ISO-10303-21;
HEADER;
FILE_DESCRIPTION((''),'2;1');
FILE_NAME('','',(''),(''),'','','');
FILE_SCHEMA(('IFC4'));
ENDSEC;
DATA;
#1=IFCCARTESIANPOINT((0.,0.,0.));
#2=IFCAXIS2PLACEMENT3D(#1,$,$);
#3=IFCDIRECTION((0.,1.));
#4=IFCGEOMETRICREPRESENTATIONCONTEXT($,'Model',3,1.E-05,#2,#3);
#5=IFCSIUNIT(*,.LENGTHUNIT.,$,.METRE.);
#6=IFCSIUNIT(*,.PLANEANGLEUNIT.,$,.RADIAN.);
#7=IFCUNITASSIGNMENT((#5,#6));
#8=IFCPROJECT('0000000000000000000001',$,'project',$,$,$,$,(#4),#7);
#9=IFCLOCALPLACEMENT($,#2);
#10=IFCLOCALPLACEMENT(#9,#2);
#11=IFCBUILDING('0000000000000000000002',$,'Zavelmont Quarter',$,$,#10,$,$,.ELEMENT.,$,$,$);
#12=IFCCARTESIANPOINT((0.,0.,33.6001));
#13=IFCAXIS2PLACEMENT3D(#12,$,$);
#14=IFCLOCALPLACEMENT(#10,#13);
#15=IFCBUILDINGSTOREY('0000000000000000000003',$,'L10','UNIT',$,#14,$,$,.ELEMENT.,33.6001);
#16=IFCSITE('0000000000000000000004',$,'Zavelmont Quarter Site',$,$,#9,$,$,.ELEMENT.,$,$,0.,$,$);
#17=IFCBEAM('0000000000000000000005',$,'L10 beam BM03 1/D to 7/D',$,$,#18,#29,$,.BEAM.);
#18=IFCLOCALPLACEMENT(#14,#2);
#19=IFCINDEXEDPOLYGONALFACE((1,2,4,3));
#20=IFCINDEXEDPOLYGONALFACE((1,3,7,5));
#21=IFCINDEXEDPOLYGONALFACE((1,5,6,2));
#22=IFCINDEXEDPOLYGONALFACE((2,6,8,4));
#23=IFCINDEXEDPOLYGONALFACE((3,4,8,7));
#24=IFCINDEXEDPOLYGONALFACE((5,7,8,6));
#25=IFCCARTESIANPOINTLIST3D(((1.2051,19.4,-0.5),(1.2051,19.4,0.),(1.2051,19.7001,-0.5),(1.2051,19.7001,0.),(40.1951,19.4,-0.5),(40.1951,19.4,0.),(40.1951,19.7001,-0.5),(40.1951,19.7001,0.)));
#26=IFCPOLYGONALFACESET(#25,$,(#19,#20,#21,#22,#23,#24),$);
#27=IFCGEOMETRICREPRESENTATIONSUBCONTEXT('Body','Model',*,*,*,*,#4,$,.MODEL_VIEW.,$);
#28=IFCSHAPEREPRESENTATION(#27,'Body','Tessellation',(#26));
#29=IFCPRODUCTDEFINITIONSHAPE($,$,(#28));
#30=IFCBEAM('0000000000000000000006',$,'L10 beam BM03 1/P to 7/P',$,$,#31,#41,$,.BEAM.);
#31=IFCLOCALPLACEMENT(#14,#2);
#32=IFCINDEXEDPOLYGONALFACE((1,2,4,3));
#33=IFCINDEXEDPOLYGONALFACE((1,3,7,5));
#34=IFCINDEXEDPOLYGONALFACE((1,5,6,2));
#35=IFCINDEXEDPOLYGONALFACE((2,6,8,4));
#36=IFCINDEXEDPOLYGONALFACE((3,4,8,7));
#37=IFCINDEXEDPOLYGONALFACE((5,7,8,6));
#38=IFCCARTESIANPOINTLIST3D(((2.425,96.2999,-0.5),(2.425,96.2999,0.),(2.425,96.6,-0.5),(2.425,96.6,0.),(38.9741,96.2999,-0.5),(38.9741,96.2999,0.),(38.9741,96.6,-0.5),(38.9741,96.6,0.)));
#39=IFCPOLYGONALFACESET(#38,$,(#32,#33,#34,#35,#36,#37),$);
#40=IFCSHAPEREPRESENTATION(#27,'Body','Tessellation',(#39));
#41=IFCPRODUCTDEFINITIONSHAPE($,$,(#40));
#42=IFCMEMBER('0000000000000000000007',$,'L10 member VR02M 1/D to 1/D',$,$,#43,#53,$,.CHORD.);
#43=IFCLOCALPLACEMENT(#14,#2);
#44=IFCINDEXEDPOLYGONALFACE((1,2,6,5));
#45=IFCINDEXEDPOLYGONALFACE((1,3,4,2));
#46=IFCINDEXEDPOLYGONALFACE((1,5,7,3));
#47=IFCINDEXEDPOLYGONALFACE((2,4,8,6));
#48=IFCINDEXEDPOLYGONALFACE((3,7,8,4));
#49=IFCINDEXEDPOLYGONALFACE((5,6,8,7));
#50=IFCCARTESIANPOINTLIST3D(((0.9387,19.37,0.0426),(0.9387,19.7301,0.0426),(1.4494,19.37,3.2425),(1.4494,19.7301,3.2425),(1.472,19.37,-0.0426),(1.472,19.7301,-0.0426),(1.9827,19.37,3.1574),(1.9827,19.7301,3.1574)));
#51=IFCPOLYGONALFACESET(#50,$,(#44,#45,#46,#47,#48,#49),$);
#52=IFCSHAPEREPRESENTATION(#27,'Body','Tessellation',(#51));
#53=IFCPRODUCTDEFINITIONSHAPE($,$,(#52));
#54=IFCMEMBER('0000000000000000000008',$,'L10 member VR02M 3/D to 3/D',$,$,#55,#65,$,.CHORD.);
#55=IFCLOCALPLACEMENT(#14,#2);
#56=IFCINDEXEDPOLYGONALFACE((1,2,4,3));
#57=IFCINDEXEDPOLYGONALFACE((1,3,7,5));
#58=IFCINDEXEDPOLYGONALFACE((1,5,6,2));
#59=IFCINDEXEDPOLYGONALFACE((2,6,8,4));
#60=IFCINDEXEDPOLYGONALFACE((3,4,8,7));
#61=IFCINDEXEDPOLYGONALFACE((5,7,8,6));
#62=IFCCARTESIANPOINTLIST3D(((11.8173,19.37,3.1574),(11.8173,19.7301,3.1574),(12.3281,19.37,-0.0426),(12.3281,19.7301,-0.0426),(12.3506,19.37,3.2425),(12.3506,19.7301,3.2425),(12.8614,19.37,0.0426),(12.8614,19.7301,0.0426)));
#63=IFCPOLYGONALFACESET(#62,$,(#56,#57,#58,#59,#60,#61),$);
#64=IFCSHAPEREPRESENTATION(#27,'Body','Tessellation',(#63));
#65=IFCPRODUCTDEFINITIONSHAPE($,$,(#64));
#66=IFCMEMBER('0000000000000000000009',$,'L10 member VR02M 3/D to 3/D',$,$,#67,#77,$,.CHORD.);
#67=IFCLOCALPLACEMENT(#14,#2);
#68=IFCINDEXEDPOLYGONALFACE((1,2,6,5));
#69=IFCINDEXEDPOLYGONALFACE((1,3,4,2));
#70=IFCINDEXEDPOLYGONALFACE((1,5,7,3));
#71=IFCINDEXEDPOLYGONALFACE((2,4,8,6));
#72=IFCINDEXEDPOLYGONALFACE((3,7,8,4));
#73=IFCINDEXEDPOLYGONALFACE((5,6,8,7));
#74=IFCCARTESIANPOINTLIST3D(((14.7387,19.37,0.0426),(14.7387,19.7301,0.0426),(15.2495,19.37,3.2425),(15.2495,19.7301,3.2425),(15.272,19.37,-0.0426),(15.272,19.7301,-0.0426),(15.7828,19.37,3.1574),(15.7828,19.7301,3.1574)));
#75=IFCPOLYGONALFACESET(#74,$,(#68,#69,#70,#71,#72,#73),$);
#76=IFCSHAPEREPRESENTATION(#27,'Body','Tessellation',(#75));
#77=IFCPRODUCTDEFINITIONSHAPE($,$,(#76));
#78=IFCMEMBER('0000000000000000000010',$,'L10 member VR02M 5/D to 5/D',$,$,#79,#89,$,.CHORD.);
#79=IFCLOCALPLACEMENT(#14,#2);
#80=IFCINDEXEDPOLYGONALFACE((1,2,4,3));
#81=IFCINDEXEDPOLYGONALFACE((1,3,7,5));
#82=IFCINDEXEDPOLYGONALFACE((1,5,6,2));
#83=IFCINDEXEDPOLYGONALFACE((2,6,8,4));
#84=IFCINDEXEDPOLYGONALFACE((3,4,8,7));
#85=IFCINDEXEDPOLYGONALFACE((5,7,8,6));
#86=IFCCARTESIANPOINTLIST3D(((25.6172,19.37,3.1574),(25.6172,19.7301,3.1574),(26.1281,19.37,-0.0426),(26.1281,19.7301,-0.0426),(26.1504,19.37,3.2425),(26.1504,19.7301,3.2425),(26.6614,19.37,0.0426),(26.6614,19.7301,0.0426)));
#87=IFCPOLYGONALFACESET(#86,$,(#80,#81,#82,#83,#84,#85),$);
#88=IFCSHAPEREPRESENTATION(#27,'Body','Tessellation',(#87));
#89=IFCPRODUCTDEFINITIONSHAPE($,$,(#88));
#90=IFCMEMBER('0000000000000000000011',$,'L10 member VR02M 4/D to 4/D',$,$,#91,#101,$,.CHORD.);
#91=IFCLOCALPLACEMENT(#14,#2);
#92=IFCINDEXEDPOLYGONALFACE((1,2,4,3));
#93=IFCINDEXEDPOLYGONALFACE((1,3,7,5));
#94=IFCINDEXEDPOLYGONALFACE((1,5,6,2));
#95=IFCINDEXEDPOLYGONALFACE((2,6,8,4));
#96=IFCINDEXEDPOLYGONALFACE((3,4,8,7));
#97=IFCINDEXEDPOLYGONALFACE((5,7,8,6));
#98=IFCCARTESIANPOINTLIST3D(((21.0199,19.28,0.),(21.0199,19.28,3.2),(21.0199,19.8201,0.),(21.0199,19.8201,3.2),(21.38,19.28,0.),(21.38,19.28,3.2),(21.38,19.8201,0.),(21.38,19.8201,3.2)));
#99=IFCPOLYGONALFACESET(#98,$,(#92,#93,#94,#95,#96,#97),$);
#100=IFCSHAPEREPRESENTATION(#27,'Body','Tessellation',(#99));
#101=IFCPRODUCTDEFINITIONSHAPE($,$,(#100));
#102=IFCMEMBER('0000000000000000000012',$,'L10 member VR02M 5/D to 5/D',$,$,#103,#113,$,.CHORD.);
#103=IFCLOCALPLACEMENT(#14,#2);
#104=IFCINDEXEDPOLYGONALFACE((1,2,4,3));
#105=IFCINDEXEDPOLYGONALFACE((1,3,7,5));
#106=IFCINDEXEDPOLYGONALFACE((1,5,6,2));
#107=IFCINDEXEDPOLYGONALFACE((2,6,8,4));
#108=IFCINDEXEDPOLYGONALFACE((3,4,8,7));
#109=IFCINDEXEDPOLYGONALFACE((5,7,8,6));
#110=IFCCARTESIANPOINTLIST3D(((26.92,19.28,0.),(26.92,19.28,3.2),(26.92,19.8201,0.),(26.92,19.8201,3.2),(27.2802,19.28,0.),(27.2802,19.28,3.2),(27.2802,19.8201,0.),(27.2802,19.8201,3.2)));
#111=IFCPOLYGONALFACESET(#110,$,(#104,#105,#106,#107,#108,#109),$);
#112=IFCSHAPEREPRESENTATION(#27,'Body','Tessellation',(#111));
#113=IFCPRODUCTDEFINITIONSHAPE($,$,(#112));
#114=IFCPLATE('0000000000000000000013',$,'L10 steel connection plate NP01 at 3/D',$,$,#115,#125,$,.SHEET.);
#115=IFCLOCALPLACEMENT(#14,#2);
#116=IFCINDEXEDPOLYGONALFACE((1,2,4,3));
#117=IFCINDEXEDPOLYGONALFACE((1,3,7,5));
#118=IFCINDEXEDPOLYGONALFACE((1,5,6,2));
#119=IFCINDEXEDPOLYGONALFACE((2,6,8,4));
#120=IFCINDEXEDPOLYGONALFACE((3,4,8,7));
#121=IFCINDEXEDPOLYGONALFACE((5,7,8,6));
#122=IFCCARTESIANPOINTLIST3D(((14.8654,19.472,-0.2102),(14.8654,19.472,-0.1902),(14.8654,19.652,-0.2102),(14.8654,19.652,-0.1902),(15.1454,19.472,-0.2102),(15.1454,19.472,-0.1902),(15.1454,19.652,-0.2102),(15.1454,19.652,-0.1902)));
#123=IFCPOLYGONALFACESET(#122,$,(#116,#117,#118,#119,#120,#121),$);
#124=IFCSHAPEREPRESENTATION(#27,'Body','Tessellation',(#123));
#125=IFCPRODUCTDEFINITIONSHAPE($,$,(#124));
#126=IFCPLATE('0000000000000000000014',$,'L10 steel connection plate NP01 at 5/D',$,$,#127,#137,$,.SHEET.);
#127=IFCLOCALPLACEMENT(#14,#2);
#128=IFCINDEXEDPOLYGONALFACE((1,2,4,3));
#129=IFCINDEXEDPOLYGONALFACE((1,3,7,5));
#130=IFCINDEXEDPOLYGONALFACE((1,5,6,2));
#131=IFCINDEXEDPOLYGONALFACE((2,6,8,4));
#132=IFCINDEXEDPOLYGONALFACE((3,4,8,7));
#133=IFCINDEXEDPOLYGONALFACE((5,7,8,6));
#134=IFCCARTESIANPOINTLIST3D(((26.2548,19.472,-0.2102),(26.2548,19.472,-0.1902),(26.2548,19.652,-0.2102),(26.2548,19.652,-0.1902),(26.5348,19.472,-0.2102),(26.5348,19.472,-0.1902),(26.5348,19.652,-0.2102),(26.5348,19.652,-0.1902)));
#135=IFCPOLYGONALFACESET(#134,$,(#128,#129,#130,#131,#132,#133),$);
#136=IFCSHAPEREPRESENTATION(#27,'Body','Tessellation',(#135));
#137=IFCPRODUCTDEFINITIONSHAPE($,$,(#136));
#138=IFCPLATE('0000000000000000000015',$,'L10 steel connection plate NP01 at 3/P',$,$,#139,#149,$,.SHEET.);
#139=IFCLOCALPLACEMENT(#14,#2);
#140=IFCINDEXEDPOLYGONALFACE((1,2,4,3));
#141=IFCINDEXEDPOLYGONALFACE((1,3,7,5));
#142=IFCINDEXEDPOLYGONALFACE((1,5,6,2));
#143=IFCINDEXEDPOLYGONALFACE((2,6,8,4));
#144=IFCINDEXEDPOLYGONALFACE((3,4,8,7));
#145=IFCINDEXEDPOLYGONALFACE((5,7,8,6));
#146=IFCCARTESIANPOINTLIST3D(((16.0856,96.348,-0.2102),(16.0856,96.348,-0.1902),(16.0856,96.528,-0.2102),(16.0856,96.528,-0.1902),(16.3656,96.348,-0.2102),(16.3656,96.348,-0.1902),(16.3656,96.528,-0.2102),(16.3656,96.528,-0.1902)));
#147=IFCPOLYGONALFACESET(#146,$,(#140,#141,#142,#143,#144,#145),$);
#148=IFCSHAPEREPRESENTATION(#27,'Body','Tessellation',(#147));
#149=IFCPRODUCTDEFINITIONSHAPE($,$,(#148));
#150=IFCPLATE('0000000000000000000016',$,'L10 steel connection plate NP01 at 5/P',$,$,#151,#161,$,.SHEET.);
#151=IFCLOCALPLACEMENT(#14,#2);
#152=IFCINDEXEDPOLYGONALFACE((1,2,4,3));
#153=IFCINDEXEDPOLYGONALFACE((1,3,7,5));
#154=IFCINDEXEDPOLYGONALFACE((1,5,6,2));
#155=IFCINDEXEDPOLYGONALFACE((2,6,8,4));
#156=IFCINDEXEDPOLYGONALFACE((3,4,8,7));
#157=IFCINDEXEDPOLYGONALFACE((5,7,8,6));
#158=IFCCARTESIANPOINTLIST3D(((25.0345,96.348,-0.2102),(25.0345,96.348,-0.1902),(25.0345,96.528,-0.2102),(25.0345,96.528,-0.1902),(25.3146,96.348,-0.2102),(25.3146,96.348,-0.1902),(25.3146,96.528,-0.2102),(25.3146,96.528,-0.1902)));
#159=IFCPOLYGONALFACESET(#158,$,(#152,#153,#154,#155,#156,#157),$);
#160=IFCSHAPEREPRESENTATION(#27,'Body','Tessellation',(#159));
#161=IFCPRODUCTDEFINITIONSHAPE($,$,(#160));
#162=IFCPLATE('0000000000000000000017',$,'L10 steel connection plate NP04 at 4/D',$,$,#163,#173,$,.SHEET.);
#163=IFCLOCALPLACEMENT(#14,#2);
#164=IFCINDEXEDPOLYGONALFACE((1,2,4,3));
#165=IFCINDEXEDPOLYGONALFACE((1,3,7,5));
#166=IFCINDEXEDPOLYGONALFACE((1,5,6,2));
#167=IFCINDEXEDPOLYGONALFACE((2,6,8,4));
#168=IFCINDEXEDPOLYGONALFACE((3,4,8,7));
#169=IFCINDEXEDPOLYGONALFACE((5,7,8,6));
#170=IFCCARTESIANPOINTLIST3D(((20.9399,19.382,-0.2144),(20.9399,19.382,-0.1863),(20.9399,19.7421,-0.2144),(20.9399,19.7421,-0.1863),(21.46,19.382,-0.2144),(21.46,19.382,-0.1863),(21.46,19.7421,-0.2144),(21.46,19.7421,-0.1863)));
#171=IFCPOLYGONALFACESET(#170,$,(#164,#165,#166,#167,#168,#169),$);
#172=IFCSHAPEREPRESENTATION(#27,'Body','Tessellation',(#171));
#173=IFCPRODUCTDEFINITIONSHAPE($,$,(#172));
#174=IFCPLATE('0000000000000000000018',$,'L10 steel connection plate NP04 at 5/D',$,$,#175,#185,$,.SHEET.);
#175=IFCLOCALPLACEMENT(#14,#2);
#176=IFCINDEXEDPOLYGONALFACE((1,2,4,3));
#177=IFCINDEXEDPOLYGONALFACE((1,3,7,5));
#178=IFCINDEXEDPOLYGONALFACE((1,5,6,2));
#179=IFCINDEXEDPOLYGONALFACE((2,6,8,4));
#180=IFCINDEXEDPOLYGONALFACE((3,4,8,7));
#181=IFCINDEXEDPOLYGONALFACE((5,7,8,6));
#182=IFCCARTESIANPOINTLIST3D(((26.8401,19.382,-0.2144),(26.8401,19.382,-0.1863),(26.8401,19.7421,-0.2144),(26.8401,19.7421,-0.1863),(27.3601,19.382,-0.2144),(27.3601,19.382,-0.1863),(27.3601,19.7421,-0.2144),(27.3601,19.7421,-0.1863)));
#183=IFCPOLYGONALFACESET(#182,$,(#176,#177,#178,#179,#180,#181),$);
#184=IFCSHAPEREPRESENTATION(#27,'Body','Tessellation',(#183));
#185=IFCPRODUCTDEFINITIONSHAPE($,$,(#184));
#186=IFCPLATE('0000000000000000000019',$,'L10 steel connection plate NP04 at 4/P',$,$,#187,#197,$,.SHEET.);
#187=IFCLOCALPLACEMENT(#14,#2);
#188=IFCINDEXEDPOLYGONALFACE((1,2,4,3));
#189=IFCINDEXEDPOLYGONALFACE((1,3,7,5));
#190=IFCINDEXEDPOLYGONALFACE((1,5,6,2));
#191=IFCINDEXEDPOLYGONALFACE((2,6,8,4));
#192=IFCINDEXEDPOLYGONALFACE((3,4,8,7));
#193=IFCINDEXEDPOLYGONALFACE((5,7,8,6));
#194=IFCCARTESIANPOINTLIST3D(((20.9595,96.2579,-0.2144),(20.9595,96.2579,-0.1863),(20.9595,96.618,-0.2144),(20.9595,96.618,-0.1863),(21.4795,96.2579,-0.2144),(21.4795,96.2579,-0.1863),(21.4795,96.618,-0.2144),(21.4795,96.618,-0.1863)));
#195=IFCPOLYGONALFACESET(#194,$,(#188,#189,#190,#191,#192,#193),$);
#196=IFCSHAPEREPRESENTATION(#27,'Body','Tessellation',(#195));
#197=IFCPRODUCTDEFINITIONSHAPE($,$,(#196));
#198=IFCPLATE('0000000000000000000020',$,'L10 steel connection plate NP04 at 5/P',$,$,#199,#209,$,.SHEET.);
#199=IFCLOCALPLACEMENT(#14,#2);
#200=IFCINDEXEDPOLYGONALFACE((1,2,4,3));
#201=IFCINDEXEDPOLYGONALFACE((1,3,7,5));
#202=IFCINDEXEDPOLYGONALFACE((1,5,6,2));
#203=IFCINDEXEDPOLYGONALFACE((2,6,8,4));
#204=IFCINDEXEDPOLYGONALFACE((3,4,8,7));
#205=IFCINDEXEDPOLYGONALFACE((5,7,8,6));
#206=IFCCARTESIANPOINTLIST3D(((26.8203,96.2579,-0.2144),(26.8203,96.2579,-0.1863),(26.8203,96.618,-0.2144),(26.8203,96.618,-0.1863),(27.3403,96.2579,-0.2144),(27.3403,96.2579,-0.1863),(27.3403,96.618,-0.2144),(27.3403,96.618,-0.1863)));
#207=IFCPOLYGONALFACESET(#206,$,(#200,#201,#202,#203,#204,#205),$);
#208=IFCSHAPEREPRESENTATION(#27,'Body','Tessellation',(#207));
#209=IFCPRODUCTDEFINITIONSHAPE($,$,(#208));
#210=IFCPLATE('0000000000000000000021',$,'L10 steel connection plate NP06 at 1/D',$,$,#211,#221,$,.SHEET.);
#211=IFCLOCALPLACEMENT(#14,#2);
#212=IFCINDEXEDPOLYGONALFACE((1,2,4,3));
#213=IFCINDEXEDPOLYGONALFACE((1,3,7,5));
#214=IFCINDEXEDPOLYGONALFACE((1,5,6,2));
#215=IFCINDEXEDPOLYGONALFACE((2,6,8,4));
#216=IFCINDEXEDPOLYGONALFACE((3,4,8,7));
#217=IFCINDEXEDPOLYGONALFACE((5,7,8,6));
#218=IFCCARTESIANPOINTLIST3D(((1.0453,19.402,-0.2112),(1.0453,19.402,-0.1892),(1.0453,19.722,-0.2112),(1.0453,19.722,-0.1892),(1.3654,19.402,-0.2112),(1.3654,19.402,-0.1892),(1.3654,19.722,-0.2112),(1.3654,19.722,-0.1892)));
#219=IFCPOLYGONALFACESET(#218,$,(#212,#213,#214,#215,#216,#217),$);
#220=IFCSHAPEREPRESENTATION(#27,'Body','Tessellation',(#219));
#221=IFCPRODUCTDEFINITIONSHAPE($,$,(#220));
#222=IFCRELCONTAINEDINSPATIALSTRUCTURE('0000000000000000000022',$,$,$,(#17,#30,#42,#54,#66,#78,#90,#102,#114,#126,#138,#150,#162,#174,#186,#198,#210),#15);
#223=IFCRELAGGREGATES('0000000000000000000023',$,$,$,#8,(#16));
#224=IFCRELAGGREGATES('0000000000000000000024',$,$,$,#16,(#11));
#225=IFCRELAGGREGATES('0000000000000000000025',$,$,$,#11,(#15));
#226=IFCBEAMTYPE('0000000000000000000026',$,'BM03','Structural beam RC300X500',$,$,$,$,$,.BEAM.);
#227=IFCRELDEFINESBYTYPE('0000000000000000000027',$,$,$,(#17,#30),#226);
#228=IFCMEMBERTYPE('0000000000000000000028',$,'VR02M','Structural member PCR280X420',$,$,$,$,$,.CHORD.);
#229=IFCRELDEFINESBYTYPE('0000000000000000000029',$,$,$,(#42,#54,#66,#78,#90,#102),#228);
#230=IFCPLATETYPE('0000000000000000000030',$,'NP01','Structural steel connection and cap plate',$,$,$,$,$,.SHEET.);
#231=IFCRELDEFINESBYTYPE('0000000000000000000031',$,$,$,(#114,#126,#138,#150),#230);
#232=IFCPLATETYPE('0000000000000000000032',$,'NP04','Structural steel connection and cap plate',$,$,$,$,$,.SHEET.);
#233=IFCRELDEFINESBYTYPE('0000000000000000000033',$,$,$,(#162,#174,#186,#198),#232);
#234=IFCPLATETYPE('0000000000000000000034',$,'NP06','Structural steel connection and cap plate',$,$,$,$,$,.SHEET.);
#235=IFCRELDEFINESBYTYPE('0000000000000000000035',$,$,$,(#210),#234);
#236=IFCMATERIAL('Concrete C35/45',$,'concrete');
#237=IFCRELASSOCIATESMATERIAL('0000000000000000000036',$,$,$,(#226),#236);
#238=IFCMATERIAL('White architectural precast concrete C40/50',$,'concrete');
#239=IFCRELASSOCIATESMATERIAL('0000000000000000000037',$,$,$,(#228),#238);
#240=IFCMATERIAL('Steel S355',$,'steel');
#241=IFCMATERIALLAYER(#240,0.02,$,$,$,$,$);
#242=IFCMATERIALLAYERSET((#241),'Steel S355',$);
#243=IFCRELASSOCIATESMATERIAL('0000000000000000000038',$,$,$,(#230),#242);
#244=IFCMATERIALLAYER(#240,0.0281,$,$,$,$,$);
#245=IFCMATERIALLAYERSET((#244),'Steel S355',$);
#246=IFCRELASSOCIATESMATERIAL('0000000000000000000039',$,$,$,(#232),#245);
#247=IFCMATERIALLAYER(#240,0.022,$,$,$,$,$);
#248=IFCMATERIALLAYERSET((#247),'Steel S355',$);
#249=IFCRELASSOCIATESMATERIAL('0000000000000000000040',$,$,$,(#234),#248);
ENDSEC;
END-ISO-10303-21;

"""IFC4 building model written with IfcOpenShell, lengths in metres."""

from ifc_helpers import new_model, si_unit, direction, frame, origin, origin_2d, place, context, subcontext, project, spatial, rectangle, extrude, material, layer, layer_set, material_profile, profile_set, type_object, element, save


model = new_model("IFC4")

# Units and contexts
model_context = context("Model", 3, precision=1e-05, world=origin(), true_north=direction((0.0, 1.0)))
body_context = subcontext(model_context, "Body", "Model", "MODEL_VIEW")
ifc_project = project(units=[si_unit("LENGTHUNIT", "METRE"), si_unit("PLANEANGLEUNIT", "RADIAN")], contexts=[model_context])

# Site, building, storey
site_placement = place(None, origin())
site = spatial("IfcSite", under=ifc_project, at=site_placement, Name="Zavelmont Quarter Site", CompositionType="ELEMENT", RefElevation=0.0)
building_placement = place(site_placement, origin())
building = spatial("IfcBuilding", under=site, at=building_placement, Name="Zavelmont Quarter", CompositionType="ELEMENT")
storey_placement = place(building_placement, frame((0.0, 0.0, 33.6001)))
storey = spatial("IfcBuildingStorey", under=building, at=storey_placement, Name="L10", Description="UNIT", CompositionType="ELEMENT", Elevation=33.6001)

# Beams
ifc_material_1 = material(Name="Concrete C35/45", Category="concrete")
ifc_material_profile_1 = material_profile(ifc_material_1, rectangle(XDim=0.3, YDim=0.5, at=origin_2d()), Name="RC300X500")
ifc_profile_set_1 = profile_set([ifc_material_profile_1], Name="Concrete C35/45")
beam_type = type_object("IfcBeamType", Name="BM03", Description="Structural beam RC300X500", PredefinedType="BEAM", material=ifc_profile_set_1)
beam_1_placement = place(storey_placement, frame((1.2051, 19.55, -0.25), z_axis=(1.0, 0.0, 0.0), x_axis=(0.0, 1.0, 0.0)))
element("IfcBeam", 1, at=beam_1_placement, inside=storey, type_object=beam_type, Name="L10 beam BM03 1/D to 7/D", PredefinedType="BEAM", context=body_context, shape_type="SweptSolid", body=[
    extrude(rectangle(XDim=0.3, YDim=0.5, at=origin_2d()), origin(), (0.0, 0.0, 1.0), 38.99),
])
beam_2_placement = place(storey_placement, frame((2.425, 96.45, -0.25), z_axis=(1.0, 0.0, 0.0), x_axis=(0.0, 1.0, 0.0)))
element("IfcBeam", 2, at=beam_2_placement, inside=storey, type_object=beam_type, Name="L10 beam BM03 1/P to 7/P", PredefinedType="BEAM", context=body_context, shape_type="SweptSolid", body=[
    extrude(rectangle(XDim=0.3, YDim=0.5, at=origin_2d()), origin(), (0.0, 0.0, 1.0), 36.5491),
])

# Members
ifc_material_2 = material(Name="White architectural precast concrete C40/50", Category="concrete")
ifc_material_profile_2 = material_profile(ifc_material_2, rectangle(XDim=0.3601, YDim=0.54, at=origin_2d()), Name="PCR280X420")
ifc_profile_set_2 = profile_set([ifc_material_profile_2], Name="White architectural precast concrete C40/50")
member_type = type_object("IfcMemberType", Name="VR02M", Description="Structural member PCR280X420", PredefinedType="CHORD", material=ifc_profile_set_2)
for number, where, z_axis, x_axis, name in (
    (3, (1.2053, 19.55, 0.0), (0.157614, 0.0, 0.987501), (0.0, 1.0, 0.0), "L10 member VR02M 1/D to 1/D"),
    (4, (12.5947, 19.55, 0.0), (-0.157614, 0.0, 0.987501), (0.0, -1.0, 0.0), "L10 member VR02M 3/D to 3/D"),
    (5, (15.0054, 19.55, 0.0), (0.157614, 0.0, 0.987501), (0.0, 1.0, 0.0), "L10 member VR02M 3/D to 3/D"),
    (6, (26.3948, 19.55, 0.0), (-0.157688, 0.0, 0.987489), (0.0, -1.0, 0.0), "L10 member VR02M 5/D to 5/D"),
):
    element("IfcMember", number, at=place(storey_placement, frame(where, z_axis=z_axis, x_axis=x_axis)), inside=storey, type_object=member_type, Name=name, PredefinedType="CHORD", context=body_context, shape_type="SweptSolid", body=[
        extrude(rectangle(XDim=0.3601, YDim=0.54, at=origin_2d()), origin(), (0.0, 0.0, 1.0), 3.2405),
    ])
for number, where, z_axis, x_axis, name in (
    (7, (21.2, 19.55, 0.0), (0.0, 0.0, 1.0), (1.0, 0.0, 0.0), "L10 member VR02M 4/D to 4/D"),
    (8, (27.1001, 19.55, 0.0), (0.0, 0.0, 1.0), (1.0, 0.0, 0.0), "L10 member VR02M 5/D to 5/D"),
):
    element("IfcMember", number, at=place(storey_placement, frame(where, z_axis=z_axis, x_axis=x_axis)), inside=storey, type_object=member_type, Name=name, PredefinedType="CHORD", context=body_context, shape_type="SweptSolid", body=[
        extrude(rectangle(XDim=0.3601, YDim=0.54, at=origin_2d()), origin(), (0.0, 0.0, 1.0), 3.2),
    ])

# Plates
ifc_material_3 = material(Name="Steel S355", Category="steel")
ifc_layer_1 = layer(ifc_material_3, 0.02)
ifc_layer_set_1 = layer_set([ifc_layer_1], Name="Steel S355")
plate_type_1 = type_object("IfcPlateType", Name="NP01", Description="Structural steel connection and cap plate", PredefinedType="SHEET", material=ifc_layer_set_1)
for number, where, z_axis, x_axis, name in (
    (9, (15.0054, 19.562, -0.2102), (0.0, 0.0, 1.0), (1.0, 0.0, 0.0), "L10 steel connection plate NP01 at 3/D"),
    (10, (26.3948, 19.562, -0.2102), (0.0, 0.0, 1.0), (1.0, 0.0, 0.0), "L10 steel connection plate NP01 at 5/D"),
    (11, (16.2256, 96.438, -0.2102), (0.0, 0.0, 1.0), (1.0, 0.0, 0.0), "L10 steel connection plate NP01 at 3/P"),
    (12, (25.1746, 96.438, -0.2102), (0.0, 0.0, 1.0), (1.0, 0.0, 0.0), "L10 steel connection plate NP01 at 5/P"),
):
    element("IfcPlate", number, at=place(storey_placement, frame(where, z_axis=z_axis, x_axis=x_axis)), inside=storey, type_object=plate_type_1, Name=name, PredefinedType="SHEET", context=body_context, shape_type="SweptSolid", body=[
        extrude(rectangle(XDim=0.28, YDim=0.1799, at=origin_2d()), origin(), (0.0, 0.0, 1.0), 0.02),
    ])
ifc_layer_2 = layer(ifc_material_3, 0.0281)
ifc_layer_set_2 = layer_set([ifc_layer_2], Name="Steel S355")
plate_type_2 = type_object("IfcPlateType", Name="NP04", Description="Structural steel connection and cap plate", PredefinedType="SHEET", material=ifc_layer_set_2)
for number, where, z_axis, x_axis, name in (
    (13, (21.2, 19.562, -0.2144), (0.0, 0.0, 1.0), (1.0, 0.0, 0.0), "L10 steel connection plate NP04 at 4/D"),
    (14, (27.1001, 19.562, -0.2144), (0.0, 0.0, 1.0), (1.0, 0.0, 0.0), "L10 steel connection plate NP04 at 5/D"),
    (15, (21.2195, 96.438, -0.2144), (0.0, 0.0, 1.0), (1.0, 0.0, 0.0), "L10 steel connection plate NP04 at 4/P"),
    (16, (27.0803, 96.438, -0.2144), (0.0, 0.0, 1.0), (1.0, 0.0, 0.0), "L10 steel connection plate NP04 at 5/P"),
):
    element("IfcPlate", number, at=place(storey_placement, frame(where, z_axis=z_axis, x_axis=x_axis)), inside=storey, type_object=plate_type_2, Name=name, PredefinedType="SHEET", context=body_context, shape_type="SweptSolid", body=[
        extrude(rectangle(XDim=0.52, YDim=0.3601, at=origin_2d()), origin(), (0.0, 0.0, 1.0), 0.0281),
    ])
ifc_layer_3 = layer(ifc_material_3, 0.022)
ifc_layer_set_3 = layer_set([ifc_layer_3], Name="Steel S355")
plate_type_3 = type_object("IfcPlateType", Name="NP06", Description="Structural steel connection and cap plate", PredefinedType="SHEET", material=ifc_layer_set_3)
for number, where, z_axis, x_axis, name in (
    (17, (1.2053, 19.562, -0.2112), (0.0, 0.0, 1.0), (1.0, 0.0, 0.0), "L10 steel connection plate NP06 at 1/D"),
):
    element("IfcPlate", number, at=place(storey_placement, frame(where, z_axis=z_axis, x_axis=x_axis)), inside=storey, type_object=plate_type_3, Name=name, PredefinedType="SHEET", context=body_context, shape_type="SweptSolid", body=[
        extrude(rectangle(XDim=0.3201, YDim=0.3201, at=origin_2d()), origin(), (0.0, 0.0, 1.0), 0.022),
    ])

save(model, "model.ifc")
